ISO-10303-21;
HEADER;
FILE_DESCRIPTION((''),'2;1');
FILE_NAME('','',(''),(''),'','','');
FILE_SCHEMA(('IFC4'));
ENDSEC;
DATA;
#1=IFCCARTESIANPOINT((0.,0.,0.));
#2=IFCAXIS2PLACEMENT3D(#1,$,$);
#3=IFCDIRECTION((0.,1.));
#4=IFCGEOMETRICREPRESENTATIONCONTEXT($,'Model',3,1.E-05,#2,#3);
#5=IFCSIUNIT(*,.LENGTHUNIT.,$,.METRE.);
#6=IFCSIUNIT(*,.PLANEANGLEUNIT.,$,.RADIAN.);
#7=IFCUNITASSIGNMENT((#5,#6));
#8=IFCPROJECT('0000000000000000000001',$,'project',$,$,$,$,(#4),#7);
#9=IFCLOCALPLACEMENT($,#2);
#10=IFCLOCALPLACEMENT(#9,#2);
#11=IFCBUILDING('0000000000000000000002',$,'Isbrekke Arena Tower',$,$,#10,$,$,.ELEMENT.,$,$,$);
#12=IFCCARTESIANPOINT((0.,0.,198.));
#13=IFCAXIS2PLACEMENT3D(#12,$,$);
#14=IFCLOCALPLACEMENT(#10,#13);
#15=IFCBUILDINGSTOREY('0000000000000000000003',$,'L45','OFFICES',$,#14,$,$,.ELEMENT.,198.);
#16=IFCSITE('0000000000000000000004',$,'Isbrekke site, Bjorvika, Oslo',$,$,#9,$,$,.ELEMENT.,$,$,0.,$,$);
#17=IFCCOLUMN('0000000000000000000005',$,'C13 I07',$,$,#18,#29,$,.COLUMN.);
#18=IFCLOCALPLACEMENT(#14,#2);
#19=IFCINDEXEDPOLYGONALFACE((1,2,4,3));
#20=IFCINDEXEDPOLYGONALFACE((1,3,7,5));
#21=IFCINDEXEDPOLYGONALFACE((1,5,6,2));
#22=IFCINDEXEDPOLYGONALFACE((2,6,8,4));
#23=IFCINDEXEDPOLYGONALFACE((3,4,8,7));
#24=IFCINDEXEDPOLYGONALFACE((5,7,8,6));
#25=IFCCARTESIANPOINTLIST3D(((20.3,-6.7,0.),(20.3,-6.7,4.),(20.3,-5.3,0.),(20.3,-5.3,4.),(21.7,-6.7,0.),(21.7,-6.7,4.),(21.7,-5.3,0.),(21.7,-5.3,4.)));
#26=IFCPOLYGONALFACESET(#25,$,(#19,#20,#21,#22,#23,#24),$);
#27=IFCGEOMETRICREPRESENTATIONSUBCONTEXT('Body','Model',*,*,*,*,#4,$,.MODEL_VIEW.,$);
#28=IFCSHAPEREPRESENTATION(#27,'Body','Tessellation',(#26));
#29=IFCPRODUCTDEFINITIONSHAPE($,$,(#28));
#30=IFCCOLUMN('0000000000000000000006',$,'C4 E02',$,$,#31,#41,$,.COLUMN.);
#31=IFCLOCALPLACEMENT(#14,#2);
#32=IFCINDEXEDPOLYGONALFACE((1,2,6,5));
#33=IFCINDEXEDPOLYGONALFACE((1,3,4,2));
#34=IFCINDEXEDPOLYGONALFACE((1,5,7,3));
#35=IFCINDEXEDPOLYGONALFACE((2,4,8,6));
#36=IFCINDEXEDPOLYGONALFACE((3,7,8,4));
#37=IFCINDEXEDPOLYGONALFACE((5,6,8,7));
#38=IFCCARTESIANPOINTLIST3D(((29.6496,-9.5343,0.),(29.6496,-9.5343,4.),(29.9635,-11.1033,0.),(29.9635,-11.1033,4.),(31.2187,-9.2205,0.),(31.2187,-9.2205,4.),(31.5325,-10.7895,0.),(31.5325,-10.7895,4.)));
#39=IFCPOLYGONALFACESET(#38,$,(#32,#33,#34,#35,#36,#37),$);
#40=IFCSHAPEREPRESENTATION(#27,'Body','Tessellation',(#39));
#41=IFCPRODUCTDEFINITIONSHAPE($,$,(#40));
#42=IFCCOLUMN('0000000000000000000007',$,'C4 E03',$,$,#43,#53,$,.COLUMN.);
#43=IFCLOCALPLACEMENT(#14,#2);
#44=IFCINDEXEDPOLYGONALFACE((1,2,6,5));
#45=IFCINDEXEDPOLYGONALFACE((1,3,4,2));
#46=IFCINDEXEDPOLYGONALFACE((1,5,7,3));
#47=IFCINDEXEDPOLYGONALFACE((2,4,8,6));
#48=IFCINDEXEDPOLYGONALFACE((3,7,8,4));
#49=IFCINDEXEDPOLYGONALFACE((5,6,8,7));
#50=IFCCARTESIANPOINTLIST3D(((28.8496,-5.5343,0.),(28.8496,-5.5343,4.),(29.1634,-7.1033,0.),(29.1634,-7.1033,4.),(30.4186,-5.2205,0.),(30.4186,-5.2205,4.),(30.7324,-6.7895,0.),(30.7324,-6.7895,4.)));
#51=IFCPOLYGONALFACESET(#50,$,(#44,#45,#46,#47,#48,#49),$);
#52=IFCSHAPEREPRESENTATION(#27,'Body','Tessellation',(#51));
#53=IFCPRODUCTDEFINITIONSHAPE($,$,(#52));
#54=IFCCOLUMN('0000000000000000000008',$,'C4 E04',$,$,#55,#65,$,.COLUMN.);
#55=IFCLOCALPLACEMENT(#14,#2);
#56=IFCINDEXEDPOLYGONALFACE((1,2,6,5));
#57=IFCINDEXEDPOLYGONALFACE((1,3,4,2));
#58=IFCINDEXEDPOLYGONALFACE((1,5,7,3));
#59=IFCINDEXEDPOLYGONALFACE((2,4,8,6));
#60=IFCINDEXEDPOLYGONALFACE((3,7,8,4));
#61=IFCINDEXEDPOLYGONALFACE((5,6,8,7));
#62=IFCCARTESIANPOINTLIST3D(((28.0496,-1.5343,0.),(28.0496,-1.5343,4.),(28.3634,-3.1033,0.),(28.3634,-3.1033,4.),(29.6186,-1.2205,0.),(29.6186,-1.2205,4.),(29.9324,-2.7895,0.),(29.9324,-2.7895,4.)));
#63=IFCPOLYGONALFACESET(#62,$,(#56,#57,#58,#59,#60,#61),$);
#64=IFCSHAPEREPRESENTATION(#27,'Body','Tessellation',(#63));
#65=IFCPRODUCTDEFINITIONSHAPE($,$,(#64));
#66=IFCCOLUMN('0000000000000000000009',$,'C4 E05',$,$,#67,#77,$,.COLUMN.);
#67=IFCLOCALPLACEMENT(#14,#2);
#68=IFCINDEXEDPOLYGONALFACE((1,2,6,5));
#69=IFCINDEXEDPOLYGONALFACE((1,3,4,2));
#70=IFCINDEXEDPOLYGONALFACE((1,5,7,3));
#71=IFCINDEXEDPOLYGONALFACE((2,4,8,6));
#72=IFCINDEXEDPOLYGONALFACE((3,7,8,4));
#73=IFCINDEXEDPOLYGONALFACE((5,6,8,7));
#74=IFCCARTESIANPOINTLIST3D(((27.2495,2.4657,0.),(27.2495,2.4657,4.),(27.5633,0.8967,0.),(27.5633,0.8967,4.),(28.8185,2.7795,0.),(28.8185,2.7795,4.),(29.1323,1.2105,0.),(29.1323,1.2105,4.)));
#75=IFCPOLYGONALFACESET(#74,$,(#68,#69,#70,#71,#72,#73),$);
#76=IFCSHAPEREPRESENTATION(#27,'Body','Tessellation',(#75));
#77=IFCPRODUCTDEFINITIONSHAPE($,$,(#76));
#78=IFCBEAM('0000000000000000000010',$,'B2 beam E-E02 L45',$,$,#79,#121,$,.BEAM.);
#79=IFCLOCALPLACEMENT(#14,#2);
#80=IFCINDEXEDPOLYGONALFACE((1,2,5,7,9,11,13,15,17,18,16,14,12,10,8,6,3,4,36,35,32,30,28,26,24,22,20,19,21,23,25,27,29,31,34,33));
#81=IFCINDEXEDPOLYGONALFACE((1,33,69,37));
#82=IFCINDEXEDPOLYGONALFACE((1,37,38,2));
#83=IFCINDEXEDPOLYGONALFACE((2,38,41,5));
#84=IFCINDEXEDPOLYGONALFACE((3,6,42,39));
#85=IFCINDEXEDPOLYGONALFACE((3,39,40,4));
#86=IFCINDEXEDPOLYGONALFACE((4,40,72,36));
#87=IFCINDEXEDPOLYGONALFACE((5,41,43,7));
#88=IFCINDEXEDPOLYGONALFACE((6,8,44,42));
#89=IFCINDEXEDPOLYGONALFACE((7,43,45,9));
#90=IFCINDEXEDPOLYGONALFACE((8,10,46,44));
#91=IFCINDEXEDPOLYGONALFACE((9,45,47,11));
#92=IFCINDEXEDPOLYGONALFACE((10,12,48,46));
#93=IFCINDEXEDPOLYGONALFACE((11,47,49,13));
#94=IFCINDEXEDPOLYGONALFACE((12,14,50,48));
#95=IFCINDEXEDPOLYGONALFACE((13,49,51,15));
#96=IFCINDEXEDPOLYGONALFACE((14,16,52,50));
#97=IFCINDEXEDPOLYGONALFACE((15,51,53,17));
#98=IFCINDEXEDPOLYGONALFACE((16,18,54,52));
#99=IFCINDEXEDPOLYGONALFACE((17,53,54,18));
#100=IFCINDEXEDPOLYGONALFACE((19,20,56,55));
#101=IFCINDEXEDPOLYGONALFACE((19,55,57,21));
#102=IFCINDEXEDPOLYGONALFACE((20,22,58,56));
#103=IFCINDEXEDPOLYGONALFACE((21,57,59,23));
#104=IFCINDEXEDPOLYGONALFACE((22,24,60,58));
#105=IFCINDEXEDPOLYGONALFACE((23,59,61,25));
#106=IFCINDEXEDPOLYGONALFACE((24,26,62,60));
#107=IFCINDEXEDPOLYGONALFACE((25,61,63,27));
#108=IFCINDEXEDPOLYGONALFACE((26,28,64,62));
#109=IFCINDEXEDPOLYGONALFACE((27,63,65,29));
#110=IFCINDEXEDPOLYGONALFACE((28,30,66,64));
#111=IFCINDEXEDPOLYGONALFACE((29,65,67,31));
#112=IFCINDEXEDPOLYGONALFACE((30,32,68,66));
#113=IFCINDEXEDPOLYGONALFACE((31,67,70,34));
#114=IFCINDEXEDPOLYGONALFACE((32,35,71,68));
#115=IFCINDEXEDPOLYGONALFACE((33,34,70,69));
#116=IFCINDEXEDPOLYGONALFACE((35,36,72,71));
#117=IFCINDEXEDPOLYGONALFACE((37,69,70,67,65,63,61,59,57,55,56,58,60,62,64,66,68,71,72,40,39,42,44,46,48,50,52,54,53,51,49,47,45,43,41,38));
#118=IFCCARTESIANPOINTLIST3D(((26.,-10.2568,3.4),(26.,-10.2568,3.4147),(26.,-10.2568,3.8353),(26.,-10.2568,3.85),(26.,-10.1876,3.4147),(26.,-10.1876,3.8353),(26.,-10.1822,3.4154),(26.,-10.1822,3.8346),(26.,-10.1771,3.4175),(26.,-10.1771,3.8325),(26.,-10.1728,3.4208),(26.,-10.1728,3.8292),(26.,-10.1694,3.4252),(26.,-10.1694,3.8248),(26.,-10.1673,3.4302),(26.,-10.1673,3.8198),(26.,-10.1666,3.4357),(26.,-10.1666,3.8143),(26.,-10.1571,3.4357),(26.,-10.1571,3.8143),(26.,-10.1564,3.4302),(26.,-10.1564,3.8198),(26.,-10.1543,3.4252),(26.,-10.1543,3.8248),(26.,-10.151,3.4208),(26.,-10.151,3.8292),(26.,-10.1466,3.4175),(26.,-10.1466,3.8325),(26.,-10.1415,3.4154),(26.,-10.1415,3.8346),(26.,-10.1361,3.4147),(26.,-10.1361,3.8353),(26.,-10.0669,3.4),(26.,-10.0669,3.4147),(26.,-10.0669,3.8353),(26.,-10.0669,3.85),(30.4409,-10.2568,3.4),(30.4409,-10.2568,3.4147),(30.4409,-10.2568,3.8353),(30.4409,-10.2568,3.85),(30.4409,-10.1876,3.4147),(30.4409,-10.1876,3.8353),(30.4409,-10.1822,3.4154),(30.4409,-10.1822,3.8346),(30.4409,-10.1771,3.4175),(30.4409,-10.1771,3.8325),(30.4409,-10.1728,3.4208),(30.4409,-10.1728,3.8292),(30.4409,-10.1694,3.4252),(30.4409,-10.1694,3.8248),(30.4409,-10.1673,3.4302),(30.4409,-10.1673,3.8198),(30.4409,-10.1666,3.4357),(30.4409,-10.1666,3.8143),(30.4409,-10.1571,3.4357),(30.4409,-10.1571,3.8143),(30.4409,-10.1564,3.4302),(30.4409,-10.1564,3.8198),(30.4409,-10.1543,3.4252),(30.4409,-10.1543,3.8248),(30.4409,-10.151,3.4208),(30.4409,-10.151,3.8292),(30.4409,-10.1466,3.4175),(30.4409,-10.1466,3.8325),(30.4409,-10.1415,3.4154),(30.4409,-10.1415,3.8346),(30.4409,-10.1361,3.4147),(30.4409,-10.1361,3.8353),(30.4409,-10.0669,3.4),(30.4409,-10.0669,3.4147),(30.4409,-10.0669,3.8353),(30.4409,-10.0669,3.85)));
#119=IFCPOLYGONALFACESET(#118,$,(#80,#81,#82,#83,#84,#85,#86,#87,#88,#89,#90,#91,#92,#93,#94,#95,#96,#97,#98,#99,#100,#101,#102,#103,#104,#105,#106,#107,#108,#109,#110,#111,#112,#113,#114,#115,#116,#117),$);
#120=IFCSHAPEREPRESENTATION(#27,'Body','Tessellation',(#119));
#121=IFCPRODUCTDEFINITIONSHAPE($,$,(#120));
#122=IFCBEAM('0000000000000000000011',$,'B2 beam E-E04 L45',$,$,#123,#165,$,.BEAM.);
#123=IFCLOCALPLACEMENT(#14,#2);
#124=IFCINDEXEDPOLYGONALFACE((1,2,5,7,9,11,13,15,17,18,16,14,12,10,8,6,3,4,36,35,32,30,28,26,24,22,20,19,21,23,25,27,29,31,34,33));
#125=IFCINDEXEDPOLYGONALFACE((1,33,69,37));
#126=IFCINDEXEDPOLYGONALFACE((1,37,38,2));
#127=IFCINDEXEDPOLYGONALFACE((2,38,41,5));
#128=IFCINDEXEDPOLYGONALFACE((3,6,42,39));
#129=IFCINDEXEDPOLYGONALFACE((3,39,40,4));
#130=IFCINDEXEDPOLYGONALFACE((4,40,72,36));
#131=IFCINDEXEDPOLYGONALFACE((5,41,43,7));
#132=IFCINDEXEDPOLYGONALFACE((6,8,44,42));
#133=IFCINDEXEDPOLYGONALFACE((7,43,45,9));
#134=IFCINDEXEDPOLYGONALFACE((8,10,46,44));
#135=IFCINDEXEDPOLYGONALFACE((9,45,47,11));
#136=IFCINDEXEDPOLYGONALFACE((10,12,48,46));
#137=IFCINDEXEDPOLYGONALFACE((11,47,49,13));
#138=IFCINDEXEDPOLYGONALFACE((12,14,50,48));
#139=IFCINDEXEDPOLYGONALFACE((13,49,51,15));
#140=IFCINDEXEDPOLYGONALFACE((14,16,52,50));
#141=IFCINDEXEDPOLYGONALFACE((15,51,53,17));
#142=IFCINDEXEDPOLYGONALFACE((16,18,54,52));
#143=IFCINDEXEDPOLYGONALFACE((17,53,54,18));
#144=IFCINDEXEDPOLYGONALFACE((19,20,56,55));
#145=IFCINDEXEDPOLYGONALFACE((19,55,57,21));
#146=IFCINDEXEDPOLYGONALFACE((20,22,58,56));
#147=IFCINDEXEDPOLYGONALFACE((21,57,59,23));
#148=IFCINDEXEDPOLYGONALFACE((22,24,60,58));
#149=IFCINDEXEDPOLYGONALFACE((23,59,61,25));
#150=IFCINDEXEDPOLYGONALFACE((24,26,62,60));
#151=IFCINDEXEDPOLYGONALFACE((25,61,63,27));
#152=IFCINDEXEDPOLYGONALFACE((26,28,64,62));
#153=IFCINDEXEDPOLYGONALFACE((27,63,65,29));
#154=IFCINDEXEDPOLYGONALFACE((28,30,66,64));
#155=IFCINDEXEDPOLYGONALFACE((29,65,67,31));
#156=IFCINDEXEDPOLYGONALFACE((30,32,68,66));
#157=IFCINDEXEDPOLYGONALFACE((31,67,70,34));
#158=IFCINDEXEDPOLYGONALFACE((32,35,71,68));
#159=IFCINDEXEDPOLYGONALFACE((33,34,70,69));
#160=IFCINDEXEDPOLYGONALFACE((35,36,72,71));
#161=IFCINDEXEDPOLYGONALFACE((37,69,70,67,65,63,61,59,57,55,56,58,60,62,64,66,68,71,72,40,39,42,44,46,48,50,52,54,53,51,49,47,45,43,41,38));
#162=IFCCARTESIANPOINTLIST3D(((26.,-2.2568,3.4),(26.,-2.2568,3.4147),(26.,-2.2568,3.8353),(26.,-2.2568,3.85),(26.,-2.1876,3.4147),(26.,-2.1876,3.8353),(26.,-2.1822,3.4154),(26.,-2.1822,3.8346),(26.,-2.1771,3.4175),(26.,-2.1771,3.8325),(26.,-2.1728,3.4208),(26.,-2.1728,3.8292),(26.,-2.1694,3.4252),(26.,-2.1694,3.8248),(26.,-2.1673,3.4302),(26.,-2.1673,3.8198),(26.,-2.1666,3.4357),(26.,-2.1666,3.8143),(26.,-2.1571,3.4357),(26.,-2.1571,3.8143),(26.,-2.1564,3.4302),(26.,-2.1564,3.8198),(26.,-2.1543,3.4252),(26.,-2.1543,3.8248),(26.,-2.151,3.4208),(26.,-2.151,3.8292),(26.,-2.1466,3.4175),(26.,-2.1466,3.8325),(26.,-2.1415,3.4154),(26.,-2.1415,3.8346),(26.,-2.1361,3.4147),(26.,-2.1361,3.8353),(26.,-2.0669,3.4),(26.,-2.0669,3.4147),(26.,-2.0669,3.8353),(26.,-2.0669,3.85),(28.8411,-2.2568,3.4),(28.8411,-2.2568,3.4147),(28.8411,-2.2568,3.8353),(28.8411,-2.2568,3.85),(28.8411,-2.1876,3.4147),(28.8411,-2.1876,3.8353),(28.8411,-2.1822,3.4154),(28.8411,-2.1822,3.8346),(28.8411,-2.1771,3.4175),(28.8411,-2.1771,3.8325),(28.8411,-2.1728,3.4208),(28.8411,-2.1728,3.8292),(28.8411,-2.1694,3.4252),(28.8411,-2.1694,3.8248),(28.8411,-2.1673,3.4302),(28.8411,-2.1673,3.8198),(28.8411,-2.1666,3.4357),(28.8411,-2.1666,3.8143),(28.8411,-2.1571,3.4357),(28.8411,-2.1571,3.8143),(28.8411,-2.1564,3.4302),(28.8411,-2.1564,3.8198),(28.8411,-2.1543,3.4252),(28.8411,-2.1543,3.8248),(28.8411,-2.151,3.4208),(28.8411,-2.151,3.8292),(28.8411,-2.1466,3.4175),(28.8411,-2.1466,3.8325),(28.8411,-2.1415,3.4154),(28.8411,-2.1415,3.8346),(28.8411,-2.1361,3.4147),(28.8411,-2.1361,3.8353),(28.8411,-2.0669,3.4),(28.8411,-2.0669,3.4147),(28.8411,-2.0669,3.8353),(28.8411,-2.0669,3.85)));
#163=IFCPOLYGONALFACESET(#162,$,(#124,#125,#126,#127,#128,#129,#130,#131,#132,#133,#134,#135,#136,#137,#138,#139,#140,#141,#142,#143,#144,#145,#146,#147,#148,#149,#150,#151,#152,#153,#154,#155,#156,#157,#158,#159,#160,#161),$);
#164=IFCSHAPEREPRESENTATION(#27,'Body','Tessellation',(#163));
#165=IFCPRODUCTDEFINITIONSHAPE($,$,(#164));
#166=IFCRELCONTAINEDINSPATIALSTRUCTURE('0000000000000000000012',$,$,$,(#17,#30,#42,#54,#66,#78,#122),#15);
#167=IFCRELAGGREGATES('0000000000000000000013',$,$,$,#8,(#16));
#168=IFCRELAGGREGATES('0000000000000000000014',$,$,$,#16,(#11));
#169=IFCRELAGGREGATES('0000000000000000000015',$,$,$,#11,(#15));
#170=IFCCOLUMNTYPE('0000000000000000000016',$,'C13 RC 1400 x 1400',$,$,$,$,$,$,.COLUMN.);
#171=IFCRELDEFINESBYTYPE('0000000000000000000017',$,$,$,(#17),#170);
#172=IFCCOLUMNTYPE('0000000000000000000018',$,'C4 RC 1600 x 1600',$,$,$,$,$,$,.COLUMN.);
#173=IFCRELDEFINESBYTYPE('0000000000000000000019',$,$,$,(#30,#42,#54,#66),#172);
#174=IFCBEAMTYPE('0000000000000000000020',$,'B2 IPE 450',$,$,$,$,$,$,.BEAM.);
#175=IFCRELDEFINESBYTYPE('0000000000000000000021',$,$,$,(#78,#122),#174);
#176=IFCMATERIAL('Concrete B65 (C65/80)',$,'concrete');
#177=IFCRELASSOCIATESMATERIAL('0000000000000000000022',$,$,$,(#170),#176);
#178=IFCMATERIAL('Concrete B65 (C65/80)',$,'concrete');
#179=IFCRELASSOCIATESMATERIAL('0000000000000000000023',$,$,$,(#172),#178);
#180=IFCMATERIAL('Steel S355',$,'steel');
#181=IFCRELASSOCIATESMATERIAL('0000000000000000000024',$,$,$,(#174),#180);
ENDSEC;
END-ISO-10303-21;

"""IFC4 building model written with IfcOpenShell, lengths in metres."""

from ifc_helpers import new_model, si_unit, direction, frame, origin, origin_2d, place, context, subcontext, project, spatial, rectangle, i_section, extrude, material, material_profile, profile_set, type_object, element, save


model = new_model("IFC4")

# Units and contexts
model_context = context("Model", 3, precision=1e-05, world=origin(), true_north=direction((0.0, 1.0)))
body_context = subcontext(model_context, "Body", "Model", "MODEL_VIEW")
ifc_project = project(units=[si_unit("LENGTHUNIT", "METRE"), si_unit("PLANEANGLEUNIT", "RADIAN")], contexts=[model_context])

# Site, building, storey
site_placement = place(None, origin())
site = spatial("IfcSite", under=ifc_project, at=site_placement, Name="Isbrekke site, Bjorvika, Oslo", CompositionType="ELEMENT", RefElevation=0.0)
building_placement = place(site_placement, origin())
building = spatial("IfcBuilding", under=site, at=building_placement, Name="Isbrekke Arena Tower", CompositionType="ELEMENT")
storey_placement = place(building_placement, frame((0.0, 0.0, 198.0)))
storey = spatial("IfcBuildingStorey", under=building, at=storey_placement, Name="L45", Description="OFFICES", CompositionType="ELEMENT", Elevation=198.0)

# Columns
ifc_material_1 = material(Name="Concrete B65 (C65/80)", Category="concrete")
ifc_material_profile_1 = material_profile(ifc_material_1, rectangle(XDim=1.3999, YDim=1.3999, at=origin_2d()), Name="RC 1400x1400")
ifc_profile_set_1 = profile_set([ifc_material_profile_1], Name="Concrete B65 (C65/80)")
column_type_1 = type_object("IfcColumnType", Name="C13 RC 1400 x 1400", PredefinedType="COLUMN", material=ifc_profile_set_1)
column_placement = place(storey_placement, frame((21.0, -6.0, 0.0), z_axis=(0.0, 0.0, 1.0), x_axis=(1.0, 0.0, 0.0)))
element("IfcColumn", 1, at=column_placement, inside=storey, type_object=column_type_1, Name="C13 I07", PredefinedType="COLUMN", context=body_context, shape_type="SweptSolid", body=[
    extrude(rectangle(XDim=1.3999, YDim=1.3999, at=origin_2d()), origin(), (0.0, 0.0, 1.0), 4.0),
])
ifc_material_2 = material(Name="Concrete B65 (C65/80)", Category="concrete")
ifc_material_profile_2 = material_profile(ifc_material_2, rectangle(XDim=1.6001, YDim=1.6001, at=origin_2d()), Name="RC 1600x1600")
ifc_profile_set_2 = profile_set([ifc_material_profile_2], Name="Concrete B65 (C65/80)")
column_type_2 = type_object("IfcColumnType", Name="C4 RC 1600 x 1600", PredefinedType="COLUMN", material=ifc_profile_set_2)
for number, where, z_axis, x_axis, name in (
    (2, (30.5911, -10.1619, 0.0), (0.0, 0.0, 1.0), (-0.196116, 0.980581, 0.0), "C4 E02"),
    (3, (29.791, -6.1619, 0.0), (0.0, 0.0, 1.0), (-0.196116, 0.980581, 0.0), "C4 E03"),
    (4, (28.991, -2.1619, 0.0), (0.0, 0.0, 1.0), (-0.196116, 0.980581, 0.0), "C4 E04"),
    (5, (28.1909, 1.8381, 0.0), (0.0, 0.0, 1.0), (-0.196116, 0.980581, 0.0), "C4 E05"),
):
    element("IfcColumn", number, at=place(storey_placement, frame(where, z_axis=z_axis, x_axis=x_axis)), inside=storey, type_object=column_type_2, Name=name, PredefinedType="COLUMN", context=body_context, shape_type="SweptSolid", body=[
        extrude(rectangle(XDim=1.6001, YDim=1.6001, at=origin_2d()), origin(), (0.0, 0.0, 1.0), 4.0),
    ])

# Beams
ifc_material_3 = material(Name="Steel S355", Category="steel")
ifc_material_profile_3 = material_profile(ifc_material_3, i_section(OverallWidth=0.1899, OverallDepth=0.45, WebThickness=0.0095, FlangeThickness=0.0146, FilletRadius=0.021, at=origin_2d()), Name="IPE 450")
ifc_profile_set_3 = profile_set([ifc_material_profile_3], Name="Steel S355")
beam_type_1 = type_object("IfcBeamType", Name="B2 IPE 450", PredefinedType="BEAM", material=ifc_profile_set_3)
beam_1_placement = place(storey_placement, frame((30.4409, -10.1619, 3.625), z_axis=(-1.0, 0.0, 0.0), x_axis=(0.0, -1.0, 0.0)))
element("IfcBeam", 6, at=beam_1_placement, inside=storey, type_object=beam_type_1, Name="B2 beam E-E02 L45", PredefinedType="BEAM", context=body_context, shape_type="SweptSolid", body=[
    extrude(i_section(OverallWidth=0.1899, OverallDepth=0.45, WebThickness=0.0095, FlangeThickness=0.0146, FilletRadius=0.021, at=origin_2d()), origin(), (0.0, 0.0, 1.0), 4.4409),
])
beam_2_placement = place(storey_placement, frame((28.8411, -2.1619, 3.625), z_axis=(-1.0, 0.0, 0.0), x_axis=(0.0, -1.0, 0.0)))
element("IfcBeam", 7, at=beam_2_placement, inside=storey, type_object=beam_type_1, Name="B2 beam E-E04 L45", PredefinedType="BEAM", context=body_context, shape_type="SweptSolid", body=[
    extrude(i_section(OverallWidth=0.1899, OverallDepth=0.45, WebThickness=0.0095, FlangeThickness=0.0146, FilletRadius=0.021, at=origin_2d()), origin(), (0.0, 0.0, 1.0), 2.8411),
])

save(model, "model.ifc")
